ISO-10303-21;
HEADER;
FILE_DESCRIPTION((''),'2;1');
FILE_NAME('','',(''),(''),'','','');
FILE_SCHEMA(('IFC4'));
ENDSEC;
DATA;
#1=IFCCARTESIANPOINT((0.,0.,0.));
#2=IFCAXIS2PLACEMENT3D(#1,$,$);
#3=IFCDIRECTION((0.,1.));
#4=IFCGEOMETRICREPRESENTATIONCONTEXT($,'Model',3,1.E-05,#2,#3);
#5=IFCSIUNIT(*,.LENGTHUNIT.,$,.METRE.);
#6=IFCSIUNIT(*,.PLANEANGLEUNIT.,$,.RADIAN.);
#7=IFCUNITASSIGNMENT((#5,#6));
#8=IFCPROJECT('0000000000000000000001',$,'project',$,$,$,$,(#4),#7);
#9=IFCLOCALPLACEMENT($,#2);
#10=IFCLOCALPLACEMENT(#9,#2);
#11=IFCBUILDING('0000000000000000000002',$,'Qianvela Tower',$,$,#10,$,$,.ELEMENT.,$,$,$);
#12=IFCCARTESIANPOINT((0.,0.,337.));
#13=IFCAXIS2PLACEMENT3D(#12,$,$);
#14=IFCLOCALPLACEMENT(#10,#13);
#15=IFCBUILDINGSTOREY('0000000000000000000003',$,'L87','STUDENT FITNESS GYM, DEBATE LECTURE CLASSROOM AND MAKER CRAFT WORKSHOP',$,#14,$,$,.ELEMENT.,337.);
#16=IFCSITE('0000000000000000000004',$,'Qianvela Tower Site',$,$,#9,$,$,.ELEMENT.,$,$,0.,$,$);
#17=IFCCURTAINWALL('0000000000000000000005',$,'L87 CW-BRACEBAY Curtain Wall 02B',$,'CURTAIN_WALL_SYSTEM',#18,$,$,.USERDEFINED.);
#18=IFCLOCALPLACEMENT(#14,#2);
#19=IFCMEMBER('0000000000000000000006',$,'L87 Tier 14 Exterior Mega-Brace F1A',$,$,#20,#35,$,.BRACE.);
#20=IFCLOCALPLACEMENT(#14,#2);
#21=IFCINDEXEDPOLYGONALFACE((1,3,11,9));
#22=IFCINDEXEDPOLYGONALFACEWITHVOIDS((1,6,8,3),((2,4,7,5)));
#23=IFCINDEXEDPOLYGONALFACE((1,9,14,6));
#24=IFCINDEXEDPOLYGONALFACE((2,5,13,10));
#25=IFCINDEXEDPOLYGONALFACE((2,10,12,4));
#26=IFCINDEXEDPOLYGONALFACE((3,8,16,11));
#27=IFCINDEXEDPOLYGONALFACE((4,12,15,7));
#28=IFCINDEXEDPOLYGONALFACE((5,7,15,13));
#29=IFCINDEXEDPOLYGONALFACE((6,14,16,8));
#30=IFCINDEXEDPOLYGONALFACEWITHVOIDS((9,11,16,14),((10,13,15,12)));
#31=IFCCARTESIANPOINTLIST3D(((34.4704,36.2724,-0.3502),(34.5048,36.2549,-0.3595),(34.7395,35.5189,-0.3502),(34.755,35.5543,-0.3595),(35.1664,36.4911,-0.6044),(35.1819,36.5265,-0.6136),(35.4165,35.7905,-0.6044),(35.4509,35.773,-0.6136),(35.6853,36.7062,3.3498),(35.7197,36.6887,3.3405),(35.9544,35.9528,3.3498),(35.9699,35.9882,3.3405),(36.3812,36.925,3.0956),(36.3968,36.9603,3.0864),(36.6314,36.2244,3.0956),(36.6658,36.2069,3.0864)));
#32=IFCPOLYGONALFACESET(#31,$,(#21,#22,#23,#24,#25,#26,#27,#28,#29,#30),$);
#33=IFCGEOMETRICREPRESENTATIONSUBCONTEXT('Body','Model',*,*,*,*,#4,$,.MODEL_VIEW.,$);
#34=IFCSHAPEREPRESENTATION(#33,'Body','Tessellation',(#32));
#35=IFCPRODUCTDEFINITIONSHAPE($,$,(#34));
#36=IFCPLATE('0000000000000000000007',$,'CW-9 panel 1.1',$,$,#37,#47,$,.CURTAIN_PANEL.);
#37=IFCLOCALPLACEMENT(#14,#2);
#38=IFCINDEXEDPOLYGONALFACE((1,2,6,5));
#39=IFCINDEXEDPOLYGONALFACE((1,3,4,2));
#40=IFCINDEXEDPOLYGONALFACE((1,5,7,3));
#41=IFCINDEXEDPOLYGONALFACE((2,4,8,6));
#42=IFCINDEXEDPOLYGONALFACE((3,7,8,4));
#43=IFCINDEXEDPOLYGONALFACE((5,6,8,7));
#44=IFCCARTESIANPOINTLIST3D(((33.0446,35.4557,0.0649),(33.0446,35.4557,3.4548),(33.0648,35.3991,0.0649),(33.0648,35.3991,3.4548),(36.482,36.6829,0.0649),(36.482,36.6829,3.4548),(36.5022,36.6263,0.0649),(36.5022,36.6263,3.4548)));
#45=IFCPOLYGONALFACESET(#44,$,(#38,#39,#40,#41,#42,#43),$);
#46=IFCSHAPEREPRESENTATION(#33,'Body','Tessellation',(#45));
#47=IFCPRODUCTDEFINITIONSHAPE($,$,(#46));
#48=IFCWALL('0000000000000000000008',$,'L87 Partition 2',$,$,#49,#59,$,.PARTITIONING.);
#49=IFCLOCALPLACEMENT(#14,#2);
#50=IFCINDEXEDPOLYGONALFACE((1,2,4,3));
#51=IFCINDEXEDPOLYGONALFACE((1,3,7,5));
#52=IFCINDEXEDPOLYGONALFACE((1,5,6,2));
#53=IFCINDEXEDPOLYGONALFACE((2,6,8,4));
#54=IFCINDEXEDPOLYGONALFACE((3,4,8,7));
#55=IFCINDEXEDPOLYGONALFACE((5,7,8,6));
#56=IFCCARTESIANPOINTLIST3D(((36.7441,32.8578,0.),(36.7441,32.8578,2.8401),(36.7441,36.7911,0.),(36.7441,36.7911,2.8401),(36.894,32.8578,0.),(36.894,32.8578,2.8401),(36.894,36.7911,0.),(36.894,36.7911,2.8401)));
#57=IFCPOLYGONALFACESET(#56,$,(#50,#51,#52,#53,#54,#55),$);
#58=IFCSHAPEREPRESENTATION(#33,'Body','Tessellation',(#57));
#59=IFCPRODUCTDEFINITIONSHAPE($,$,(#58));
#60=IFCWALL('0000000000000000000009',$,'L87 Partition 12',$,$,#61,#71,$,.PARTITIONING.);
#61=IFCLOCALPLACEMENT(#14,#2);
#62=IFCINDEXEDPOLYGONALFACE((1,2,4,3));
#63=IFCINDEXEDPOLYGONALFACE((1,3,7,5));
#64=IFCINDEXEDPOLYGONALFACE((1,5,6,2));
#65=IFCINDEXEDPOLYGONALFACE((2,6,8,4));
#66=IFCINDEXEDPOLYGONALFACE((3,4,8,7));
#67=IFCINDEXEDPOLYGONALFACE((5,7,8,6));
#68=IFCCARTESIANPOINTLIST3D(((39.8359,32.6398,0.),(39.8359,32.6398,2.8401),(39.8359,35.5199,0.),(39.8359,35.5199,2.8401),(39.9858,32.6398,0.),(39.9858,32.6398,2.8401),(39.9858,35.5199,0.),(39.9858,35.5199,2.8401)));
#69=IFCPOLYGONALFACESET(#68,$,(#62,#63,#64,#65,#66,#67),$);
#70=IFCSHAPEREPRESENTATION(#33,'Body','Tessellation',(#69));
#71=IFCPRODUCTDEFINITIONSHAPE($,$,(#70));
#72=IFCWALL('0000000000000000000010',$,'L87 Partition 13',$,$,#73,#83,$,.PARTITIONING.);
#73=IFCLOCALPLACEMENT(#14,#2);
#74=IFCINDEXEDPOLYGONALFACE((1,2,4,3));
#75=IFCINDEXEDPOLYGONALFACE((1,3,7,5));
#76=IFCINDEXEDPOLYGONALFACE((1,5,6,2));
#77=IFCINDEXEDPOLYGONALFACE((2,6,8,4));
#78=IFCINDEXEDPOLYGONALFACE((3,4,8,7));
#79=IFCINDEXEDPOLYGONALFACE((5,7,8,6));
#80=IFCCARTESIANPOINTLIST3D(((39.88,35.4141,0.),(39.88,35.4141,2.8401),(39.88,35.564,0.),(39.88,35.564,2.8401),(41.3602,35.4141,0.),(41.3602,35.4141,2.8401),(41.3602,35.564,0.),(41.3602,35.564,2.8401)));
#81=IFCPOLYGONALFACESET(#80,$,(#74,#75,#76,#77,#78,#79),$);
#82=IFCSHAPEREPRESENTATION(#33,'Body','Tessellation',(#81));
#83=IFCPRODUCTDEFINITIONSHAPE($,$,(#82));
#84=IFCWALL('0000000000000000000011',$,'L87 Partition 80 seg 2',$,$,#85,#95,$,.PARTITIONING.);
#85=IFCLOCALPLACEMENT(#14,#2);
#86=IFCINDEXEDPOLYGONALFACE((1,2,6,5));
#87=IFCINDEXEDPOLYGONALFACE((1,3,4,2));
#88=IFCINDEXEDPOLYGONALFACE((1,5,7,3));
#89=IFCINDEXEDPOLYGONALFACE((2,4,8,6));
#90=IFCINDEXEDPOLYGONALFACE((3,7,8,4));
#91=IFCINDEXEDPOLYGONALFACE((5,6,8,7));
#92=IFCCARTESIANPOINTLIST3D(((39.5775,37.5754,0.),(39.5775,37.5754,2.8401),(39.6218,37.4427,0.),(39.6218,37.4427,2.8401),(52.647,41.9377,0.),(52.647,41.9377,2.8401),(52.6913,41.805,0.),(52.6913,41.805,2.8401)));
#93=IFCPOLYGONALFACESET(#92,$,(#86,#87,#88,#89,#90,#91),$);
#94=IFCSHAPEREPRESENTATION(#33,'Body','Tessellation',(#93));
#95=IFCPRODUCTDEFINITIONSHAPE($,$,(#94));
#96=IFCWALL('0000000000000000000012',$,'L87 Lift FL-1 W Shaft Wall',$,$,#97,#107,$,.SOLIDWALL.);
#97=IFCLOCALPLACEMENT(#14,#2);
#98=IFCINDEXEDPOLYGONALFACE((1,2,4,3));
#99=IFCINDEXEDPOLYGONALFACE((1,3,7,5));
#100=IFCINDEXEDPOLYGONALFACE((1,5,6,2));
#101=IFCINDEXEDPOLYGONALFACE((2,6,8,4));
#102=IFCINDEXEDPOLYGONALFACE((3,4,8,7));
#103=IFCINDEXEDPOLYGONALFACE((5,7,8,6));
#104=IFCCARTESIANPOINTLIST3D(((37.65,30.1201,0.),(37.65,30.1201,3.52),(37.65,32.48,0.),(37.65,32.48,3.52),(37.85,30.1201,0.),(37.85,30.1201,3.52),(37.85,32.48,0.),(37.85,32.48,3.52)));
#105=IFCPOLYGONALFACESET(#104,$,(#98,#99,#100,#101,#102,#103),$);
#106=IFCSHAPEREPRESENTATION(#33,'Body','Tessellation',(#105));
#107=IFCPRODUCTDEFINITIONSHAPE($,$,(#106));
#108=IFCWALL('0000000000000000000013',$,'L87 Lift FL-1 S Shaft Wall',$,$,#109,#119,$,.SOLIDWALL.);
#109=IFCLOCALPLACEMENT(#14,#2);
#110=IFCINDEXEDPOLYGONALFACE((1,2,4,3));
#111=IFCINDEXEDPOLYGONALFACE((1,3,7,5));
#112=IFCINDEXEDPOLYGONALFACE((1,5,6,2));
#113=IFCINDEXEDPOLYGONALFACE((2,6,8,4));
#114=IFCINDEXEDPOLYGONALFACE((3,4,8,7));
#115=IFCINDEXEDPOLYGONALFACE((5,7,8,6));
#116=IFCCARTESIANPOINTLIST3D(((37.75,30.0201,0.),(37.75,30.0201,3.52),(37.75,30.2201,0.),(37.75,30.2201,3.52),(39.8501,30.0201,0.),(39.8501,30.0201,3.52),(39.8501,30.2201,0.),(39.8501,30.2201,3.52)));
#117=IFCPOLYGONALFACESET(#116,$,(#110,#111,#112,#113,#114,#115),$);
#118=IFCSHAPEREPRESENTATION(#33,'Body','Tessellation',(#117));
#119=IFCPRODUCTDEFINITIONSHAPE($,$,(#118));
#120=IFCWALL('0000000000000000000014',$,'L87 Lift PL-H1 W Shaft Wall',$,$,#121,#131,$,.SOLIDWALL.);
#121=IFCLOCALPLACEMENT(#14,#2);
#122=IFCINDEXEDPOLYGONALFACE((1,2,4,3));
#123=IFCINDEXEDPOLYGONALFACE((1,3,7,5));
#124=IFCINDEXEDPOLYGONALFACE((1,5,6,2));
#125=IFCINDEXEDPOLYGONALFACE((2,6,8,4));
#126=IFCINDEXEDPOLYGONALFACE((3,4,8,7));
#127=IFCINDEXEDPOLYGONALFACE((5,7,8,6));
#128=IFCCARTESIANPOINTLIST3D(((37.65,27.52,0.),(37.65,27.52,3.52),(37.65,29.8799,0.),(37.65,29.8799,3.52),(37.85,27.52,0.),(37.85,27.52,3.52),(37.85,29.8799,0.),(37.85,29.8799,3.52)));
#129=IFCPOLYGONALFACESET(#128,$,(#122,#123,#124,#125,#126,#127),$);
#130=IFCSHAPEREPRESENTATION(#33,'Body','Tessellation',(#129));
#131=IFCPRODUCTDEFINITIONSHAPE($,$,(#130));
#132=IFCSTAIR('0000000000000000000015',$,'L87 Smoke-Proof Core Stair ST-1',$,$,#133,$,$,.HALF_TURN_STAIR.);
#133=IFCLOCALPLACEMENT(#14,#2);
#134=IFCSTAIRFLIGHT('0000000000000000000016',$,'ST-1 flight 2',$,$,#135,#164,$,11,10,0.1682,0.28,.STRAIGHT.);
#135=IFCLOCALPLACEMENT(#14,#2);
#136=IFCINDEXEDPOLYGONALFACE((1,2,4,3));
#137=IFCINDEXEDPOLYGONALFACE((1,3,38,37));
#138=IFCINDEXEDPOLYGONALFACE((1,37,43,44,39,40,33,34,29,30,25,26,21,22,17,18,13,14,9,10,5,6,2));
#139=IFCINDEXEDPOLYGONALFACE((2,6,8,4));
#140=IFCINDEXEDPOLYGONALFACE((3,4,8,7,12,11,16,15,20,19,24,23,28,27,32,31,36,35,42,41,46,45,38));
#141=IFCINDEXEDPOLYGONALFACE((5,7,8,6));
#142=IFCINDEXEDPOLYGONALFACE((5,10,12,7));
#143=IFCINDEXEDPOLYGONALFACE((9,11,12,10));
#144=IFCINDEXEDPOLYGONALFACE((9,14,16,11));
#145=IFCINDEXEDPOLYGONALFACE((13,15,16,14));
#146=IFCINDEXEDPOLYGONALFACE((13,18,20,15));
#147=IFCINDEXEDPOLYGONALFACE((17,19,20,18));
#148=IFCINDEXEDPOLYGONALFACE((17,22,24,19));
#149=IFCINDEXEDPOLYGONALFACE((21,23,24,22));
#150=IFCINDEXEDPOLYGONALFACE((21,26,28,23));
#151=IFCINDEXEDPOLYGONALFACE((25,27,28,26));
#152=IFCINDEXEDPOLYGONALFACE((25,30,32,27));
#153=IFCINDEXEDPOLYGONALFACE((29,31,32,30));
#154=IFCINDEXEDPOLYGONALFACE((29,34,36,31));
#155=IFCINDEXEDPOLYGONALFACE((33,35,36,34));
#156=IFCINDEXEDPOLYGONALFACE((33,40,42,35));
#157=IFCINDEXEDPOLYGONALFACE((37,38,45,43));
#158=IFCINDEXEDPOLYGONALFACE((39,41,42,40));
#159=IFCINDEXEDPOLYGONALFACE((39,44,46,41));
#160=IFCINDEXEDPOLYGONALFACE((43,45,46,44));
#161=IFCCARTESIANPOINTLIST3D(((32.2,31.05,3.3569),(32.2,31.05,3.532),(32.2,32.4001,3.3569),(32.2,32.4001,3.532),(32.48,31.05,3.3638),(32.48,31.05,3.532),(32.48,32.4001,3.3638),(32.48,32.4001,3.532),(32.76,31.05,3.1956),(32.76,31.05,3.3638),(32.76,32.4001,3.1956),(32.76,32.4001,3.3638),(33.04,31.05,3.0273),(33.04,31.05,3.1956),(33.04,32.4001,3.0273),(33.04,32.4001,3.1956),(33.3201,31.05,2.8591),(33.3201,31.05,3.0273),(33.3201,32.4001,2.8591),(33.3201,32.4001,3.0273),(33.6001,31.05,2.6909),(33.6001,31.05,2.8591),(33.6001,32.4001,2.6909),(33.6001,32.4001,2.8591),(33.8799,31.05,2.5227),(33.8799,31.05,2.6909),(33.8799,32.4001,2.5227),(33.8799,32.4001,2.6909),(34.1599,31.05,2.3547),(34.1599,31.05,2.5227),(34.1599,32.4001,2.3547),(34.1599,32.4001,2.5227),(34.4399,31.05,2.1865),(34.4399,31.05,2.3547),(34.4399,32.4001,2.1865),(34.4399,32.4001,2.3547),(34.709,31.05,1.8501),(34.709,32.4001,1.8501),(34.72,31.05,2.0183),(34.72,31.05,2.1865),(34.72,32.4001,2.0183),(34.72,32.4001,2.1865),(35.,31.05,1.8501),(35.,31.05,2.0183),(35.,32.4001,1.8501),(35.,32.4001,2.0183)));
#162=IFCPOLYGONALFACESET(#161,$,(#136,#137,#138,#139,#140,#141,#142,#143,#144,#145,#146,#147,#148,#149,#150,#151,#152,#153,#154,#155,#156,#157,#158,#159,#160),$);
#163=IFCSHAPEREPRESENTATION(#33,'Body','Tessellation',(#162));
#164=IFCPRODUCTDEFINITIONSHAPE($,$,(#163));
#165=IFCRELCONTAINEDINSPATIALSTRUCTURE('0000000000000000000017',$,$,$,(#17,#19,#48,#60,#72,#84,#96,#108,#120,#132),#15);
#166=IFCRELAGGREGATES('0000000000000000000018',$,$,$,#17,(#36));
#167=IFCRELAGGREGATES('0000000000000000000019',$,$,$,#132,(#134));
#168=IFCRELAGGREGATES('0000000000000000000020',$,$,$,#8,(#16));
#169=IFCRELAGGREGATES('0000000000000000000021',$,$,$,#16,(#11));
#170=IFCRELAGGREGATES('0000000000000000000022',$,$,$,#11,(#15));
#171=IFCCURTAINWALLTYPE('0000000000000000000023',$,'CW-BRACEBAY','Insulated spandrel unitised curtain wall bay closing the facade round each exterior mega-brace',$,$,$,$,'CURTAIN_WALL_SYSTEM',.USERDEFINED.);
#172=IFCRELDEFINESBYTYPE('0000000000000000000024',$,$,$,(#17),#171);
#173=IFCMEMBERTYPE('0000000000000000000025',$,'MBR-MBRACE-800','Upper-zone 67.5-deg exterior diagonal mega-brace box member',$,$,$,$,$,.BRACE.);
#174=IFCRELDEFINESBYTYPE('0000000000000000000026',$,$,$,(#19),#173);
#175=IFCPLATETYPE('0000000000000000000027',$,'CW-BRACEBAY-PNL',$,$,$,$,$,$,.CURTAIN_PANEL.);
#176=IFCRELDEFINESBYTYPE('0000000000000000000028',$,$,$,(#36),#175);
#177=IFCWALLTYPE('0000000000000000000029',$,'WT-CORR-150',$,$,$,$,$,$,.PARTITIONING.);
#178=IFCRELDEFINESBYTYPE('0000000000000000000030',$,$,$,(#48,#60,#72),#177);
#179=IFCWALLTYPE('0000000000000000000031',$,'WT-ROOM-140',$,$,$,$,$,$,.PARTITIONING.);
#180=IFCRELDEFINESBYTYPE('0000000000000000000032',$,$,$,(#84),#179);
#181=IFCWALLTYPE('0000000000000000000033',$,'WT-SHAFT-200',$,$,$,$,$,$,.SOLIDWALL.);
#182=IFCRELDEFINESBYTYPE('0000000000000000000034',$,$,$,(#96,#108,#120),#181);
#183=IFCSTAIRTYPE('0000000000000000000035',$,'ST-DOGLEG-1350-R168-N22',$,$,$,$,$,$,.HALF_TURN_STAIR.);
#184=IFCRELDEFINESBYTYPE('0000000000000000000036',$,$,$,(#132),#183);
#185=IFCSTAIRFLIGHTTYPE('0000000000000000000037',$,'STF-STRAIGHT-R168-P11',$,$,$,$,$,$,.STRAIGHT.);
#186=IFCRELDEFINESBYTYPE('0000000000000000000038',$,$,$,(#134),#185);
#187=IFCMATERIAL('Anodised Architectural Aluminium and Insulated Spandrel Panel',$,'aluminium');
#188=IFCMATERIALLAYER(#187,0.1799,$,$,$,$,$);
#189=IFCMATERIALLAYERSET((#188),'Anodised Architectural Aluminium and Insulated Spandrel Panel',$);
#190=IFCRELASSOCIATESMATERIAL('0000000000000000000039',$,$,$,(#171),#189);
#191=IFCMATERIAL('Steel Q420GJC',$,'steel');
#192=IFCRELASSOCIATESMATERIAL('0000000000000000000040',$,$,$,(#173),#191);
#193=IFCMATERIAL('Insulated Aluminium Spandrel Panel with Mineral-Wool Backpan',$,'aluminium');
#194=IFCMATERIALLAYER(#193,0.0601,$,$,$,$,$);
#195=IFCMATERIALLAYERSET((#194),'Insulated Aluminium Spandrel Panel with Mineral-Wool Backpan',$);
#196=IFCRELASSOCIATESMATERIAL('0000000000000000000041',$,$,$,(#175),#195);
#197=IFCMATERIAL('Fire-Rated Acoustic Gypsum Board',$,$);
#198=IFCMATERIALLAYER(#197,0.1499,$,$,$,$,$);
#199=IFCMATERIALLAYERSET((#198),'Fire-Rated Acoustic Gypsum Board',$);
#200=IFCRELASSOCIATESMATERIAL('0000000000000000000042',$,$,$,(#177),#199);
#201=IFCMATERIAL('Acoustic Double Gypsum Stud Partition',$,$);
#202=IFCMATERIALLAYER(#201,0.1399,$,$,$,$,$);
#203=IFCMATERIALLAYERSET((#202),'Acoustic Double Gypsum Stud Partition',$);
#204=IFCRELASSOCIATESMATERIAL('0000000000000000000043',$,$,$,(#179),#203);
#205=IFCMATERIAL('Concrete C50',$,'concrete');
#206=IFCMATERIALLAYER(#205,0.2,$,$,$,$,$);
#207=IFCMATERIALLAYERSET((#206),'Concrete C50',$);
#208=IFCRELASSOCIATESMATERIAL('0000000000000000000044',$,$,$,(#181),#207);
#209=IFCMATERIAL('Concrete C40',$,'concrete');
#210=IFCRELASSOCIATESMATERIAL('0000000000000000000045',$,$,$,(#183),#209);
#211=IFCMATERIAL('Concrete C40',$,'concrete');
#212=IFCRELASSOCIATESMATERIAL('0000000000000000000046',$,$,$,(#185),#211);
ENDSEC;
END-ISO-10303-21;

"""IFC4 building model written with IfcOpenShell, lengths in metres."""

from ifc_helpers import new_model, si_unit, direction, frame, frame_2d, origin, origin_2d, place, context, subcontext, project, spatial, polyline, rectangle, hollow_rectangle, outline, extrude, material, layer, layer_set, material_profile, profile_set, type_object, element, aggregate, save


model = new_model("IFC4")

# Units and contexts
model_context = context("Model", 3, precision=1e-05, world=origin(), true_north=direction((0.0, 1.0)))
body_context = subcontext(model_context, "Body", "Model", "MODEL_VIEW")
ifc_project = project(units=[si_unit("LENGTHUNIT", "METRE"), si_unit("PLANEANGLEUNIT", "RADIAN")], contexts=[model_context])

# Site, building, storey
site_placement = place(None, origin())
site = spatial("IfcSite", under=ifc_project, at=site_placement, Name="Qianvela Tower Site", CompositionType="ELEMENT", RefElevation=0.0)
building_placement = place(site_placement, origin())
building = spatial("IfcBuilding", under=site, at=building_placement, Name="Qianvela Tower", CompositionType="ELEMENT")
storey_placement = place(building_placement, frame((0.0, 0.0, 337.0)))
storey = spatial("IfcBuildingStorey", under=building, at=storey_placement, Name="L87", Description="STUDENT FITNESS GYM, DEBATE LECTURE CLASSROOM AND MAKER CRAFT WORKSHOP", CompositionType="ELEMENT", Elevation=337.0)

# Curtain wall
ifc_material_1 = material(Name="Anodised Architectural Aluminium and Insulated Spandrel Panel", Category="aluminium")
ifc_layer_1 = layer(ifc_material_1, 0.1799)
ifc_layer_set_1 = layer_set([ifc_layer_1], Name="Anodised Architectural Aluminium and Insulated Spandrel Panel")
curtain_wall_type_1 = type_object("IfcCurtainWallType", Name="CW-BRACEBAY", Description="Insulated spandrel unitised curtain wall bay closing the facade round each exterior mega-brace", ElementType="CURTAIN_WALL_SYSTEM", PredefinedType="USERDEFINED", material=ifc_layer_set_1)
curtain_wall_1_placement = place(storey_placement, origin())
curtain_wall_1 = element("IfcCurtainWall", 1, at=curtain_wall_1_placement, inside=storey, type_object=curtain_wall_type_1, Name="L87 CW-BRACEBAY Curtain Wall 02B", ObjectType="CURTAIN_WALL_SYSTEM", PredefinedType="USERDEFINED")

# Member
ifc_material_2 = material(Name="Steel Q420GJC", Category="steel")
ifc_material_profile_1 = material_profile(ifc_material_2, hollow_rectangle(XDim=0.8, YDim=0.8, WallThickness=0.0281, at=origin_2d()), Name="MBOX-800x800x28")
ifc_profile_set_1 = profile_set([ifc_material_profile_1], Name="Steel Q420GJC")
member_type_1 = type_object("IfcMemberType", Name="MBR-MBRACE-800", Description="Upper-zone 67.5-deg exterior diagonal mega-brace box member", PredefinedType="BRACE", material=ifc_profile_set_1)
member_1_placement = place(storey_placement, frame((34.9607, 36.0227, -0.4819), z_axis=(0.310037, 0.110719, 0.944255), x_axis=(-0.336312, 0.94175, 0.0)))
element("IfcMember", 2, at=member_1_placement, inside=storey, type_object=member_type_1, Name="L87 Tier 14 Exterior Mega-Brace F1A", PredefinedType="BRACE", context=body_context, shape_type="SweptSolid", body=[
    extrude(hollow_rectangle(XDim=0.8, YDim=0.8, WallThickness=0.0281, at=origin_2d()), origin(), (0.0, 0.0, 1.0), 3.9185),
])

# Plate
ifc_material_3 = material(Name="Insulated Aluminium Spandrel Panel with Mineral-Wool Backpan", Category="aluminium")
ifc_layer_2 = layer(ifc_material_3, 0.0601)
ifc_layer_set_2 = layer_set([ifc_layer_2], Name="Insulated Aluminium Spandrel Panel with Mineral-Wool Backpan")
plate_type = type_object("IfcPlateType", Name="CW-BRACEBAY-PNL", PredefinedType="CURTAIN_PANEL", material=ifc_layer_set_2)
plate_placement = place(storey_placement, frame((34.7734, 36.041, 0.0649), z_axis=(0.0, 0.0, 1.0), x_axis=(-0.941783, -0.336221, 0.0)))
plate = element("IfcPlate", 3, at=plate_placement, type_object=plate_type, Name="CW-9 panel 1.1", PredefinedType="CURTAIN_PANEL", context=body_context, shape_type="SweptSolid", body=[
    extrude(rectangle(XDim=3.6499, YDim=0.0601, at=origin_2d()), origin(), (0.0, 0.0, 1.0), 3.3899),
])
aggregate(curtain_wall_1, [plate])

# Walls
ifc_material_4 = material(Name="Fire-Rated Acoustic Gypsum Board")
ifc_layer_3 = layer(ifc_material_4, 0.1499)
ifc_layer_set_3 = layer_set([ifc_layer_3], Name="Fire-Rated Acoustic Gypsum Board")
wall_type_1 = type_object("IfcWallType", Name="WT-CORR-150", PredefinedType="PARTITIONING", material=ifc_layer_set_3)
wall_1_placement = place(storey_placement, frame((36.8191, 36.7913, 0.0), z_axis=(0.0, 0.0, 1.0), x_axis=(0.0, -1.0, 0.0)))
element("IfcWall", 4, at=wall_1_placement, inside=storey, type_object=wall_type_1, Name="L87 Partition 2", PredefinedType="PARTITIONING", context=body_context, shape_type="SweptSolid", body=[
    extrude(rectangle(XDim=3.9333, YDim=0.1499, at=frame_2d((1.9668, 0.0))), origin(), (0.0, 0.0, 1.0), 2.8401),
])
wall_2_placement = place(storey_placement, frame((39.9109, 32.6399, 0.0), z_axis=(0.0, 0.0, 1.0), x_axis=(0.0, 1.0, 0.0)))
element("IfcWall", 5, at=wall_2_placement, inside=storey, type_object=wall_type_1, Name="L87 Partition 12", PredefinedType="PARTITIONING", context=body_context, shape_type="SweptSolid", body=[
    extrude(rectangle(XDim=2.8801, YDim=0.1499, at=frame_2d((1.4399, 0.0))), origin(), (0.0, 0.0, 1.0), 2.8401),
])
wall_3_placement = place(storey_placement, frame((39.8799, 35.489, 0.0), z_axis=(0.0, 0.0, 1.0), x_axis=(1.0, 0.0, 0.0)))
element("IfcWall", 6, at=wall_3_placement, inside=storey, type_object=wall_type_1, Name="L87 Partition 13", PredefinedType="PARTITIONING", context=body_context, shape_type="SweptSolid", body=[
    extrude(rectangle(XDim=1.4802, YDim=0.1499, at=frame_2d((0.7402, 0.0))), origin(), (0.0, 0.0, 1.0), 2.8401),
])
ifc_material_5 = material(Name="Acoustic Double Gypsum Stud Partition")
ifc_layer_4 = layer(ifc_material_5, 0.1399)
ifc_layer_set_4 = layer_set([ifc_layer_4], Name="Acoustic Double Gypsum Stud Partition")
wall_type_2 = type_object("IfcWallType", Name="WT-ROOM-140", PredefinedType="PARTITIONING", material=ifc_layer_set_4)
wall_4_placement = place(storey_placement, frame((39.5996, 37.509, 0.0), z_axis=(0.0, 0.0, 1.0), x_axis=(0.948557, 0.316605, 0.0)))
element("IfcWall", 7, at=wall_4_placement, inside=storey, type_object=wall_type_2, Name="L87 Partition 80 seg 2", PredefinedType="PARTITIONING", context=body_context, shape_type="SweptSolid", body=[
    extrude(rectangle(XDim=13.7783, YDim=0.1399, at=frame_2d((6.8892, 0.0))), origin(), (0.0, 0.0, 1.0), 2.8401),
])

# Shared definitions
ifc_material_6 = material(Name="Concrete C50", Category="concrete")
ifc_layer_5 = layer(ifc_material_6, 0.2)
ifc_layer_set_5 = layer_set([ifc_layer_5], Name="Concrete C50")
wall_type_3 = type_object("IfcWallType", Name="WT-SHAFT-200", PredefinedType="SOLIDWALL", material=ifc_layer_set_5)

# Walls
wall_5_placement = place(storey_placement, frame((37.75, 30.1201, 0.0), z_axis=(0.0, 0.0, 1.0), x_axis=(0.0, 1.0, 0.0)))
element("IfcWall", 8, at=wall_5_placement, inside=storey, type_object=wall_type_3, Name="L87 Lift FL-1 W Shaft Wall", PredefinedType="SOLIDWALL", context=body_context, shape_type="SweptSolid", body=[
    extrude(rectangle(XDim=2.3599, YDim=0.2, at=frame_2d((1.1799, 0.0))), origin(), (0.0, 0.0, 1.0), 3.52),
])
wall_6_placement = place(storey_placement, frame((37.75, 30.1201, 0.0), z_axis=(0.0, 0.0, 1.0), x_axis=(1.0, 0.0, 0.0)))
element("IfcWall", 9, at=wall_6_placement, inside=storey, type_object=wall_type_3, Name="L87 Lift FL-1 S Shaft Wall", PredefinedType="SOLIDWALL", context=body_context, shape_type="SweptSolid", body=[
    extrude(rectangle(XDim=2.1001, YDim=0.2, at=frame_2d((1.05, 0.0))), origin(), (0.0, 0.0, 1.0), 3.52),
])

# Wall
wall_7_placement = place(storey_placement, frame((37.75, 27.52, 0.0), z_axis=(0.0, 0.0, 1.0), x_axis=(0.0, 1.0, 0.0)))
element("IfcWall", 10, at=wall_7_placement, inside=storey, type_object=wall_type_3, Name="L87 Lift PL-H1 W Shaft Wall", PredefinedType="SOLIDWALL", context=body_context, shape_type="SweptSolid", body=[
    extrude(rectangle(XDim=2.3599, YDim=0.2, at=frame_2d((1.1799, 0.0))), origin(), (0.0, 0.0, 1.0), 3.52),
])

# Stair, stair flight
ifc_material_7 = material(Name="Concrete C40", Category="concrete")
stair_type = type_object("IfcStairType", Name="ST-DOGLEG-1350-R168-N22", PredefinedType="HALF_TURN_STAIR", material=ifc_material_7)
stair_placement = place(storey_placement, origin())
stair = element("IfcStair", 11, at=stair_placement, inside=storey, type_object=stair_type, Name="L87 Smoke-Proof Core Stair ST-1", PredefinedType="HALF_TURN_STAIR")
ifc_material_8 = material(Name="Concrete C40", Category="concrete")
stair_flight_type = type_object("IfcStairFlightType", Name="STF-STRAIGHT-R168-P11", PredefinedType="STRAIGHT", material=ifc_material_8)
stair_flight_placement = place(storey_placement, frame((35.0, 31.7251, 1.8501), z_axis=(0.0, 0.0, 1.0), x_axis=(-1.0, 0.0, 0.0)))
stair_flight = element("IfcStairFlight", 12, at=stair_flight_placement, type_object=stair_flight_type, Name="ST-1 flight 2", NumberOfRisers=11, NumberOfTreads=10, PredefinedType="STRAIGHT", RiserHeight=0.1682, TreadLength=0.28, context=body_context, shape_type="SweptSolid", body=[
    extrude(outline(polyline([(0.0, 0.0), (0.0, 0.1682), (0.28, 0.1682), (0.28, 0.3364), (0.5601, 0.3364), (0.5601, 0.5046), (0.8401, 0.5046), (0.8401, 0.6726), (1.1201, 0.6726), (1.1201, 0.8408), (1.3999, 0.8408), (1.3999, 1.009), (1.6799, 1.009), (1.6799, 1.1772), (1.96, 1.1772), (1.96, 1.3455), (2.24, 1.3455), (2.24, 1.5137), (2.52, 1.5137), (2.52, 1.6819), (2.8, 1.6819), (2.8, 1.8501), (2.8, 1.5068), (0.291, 0.0), (0.0, 0.0)])), frame((0.0, 0.675, 0.0), z_axis=(0.0, -1.0, 0.0), x_axis=(1.0, 0.0, 0.0)), (0.0, 0.0, 1.0), 1.3501),
])
aggregate(stair, [stair_flight])

save(model, "model.ifc")
